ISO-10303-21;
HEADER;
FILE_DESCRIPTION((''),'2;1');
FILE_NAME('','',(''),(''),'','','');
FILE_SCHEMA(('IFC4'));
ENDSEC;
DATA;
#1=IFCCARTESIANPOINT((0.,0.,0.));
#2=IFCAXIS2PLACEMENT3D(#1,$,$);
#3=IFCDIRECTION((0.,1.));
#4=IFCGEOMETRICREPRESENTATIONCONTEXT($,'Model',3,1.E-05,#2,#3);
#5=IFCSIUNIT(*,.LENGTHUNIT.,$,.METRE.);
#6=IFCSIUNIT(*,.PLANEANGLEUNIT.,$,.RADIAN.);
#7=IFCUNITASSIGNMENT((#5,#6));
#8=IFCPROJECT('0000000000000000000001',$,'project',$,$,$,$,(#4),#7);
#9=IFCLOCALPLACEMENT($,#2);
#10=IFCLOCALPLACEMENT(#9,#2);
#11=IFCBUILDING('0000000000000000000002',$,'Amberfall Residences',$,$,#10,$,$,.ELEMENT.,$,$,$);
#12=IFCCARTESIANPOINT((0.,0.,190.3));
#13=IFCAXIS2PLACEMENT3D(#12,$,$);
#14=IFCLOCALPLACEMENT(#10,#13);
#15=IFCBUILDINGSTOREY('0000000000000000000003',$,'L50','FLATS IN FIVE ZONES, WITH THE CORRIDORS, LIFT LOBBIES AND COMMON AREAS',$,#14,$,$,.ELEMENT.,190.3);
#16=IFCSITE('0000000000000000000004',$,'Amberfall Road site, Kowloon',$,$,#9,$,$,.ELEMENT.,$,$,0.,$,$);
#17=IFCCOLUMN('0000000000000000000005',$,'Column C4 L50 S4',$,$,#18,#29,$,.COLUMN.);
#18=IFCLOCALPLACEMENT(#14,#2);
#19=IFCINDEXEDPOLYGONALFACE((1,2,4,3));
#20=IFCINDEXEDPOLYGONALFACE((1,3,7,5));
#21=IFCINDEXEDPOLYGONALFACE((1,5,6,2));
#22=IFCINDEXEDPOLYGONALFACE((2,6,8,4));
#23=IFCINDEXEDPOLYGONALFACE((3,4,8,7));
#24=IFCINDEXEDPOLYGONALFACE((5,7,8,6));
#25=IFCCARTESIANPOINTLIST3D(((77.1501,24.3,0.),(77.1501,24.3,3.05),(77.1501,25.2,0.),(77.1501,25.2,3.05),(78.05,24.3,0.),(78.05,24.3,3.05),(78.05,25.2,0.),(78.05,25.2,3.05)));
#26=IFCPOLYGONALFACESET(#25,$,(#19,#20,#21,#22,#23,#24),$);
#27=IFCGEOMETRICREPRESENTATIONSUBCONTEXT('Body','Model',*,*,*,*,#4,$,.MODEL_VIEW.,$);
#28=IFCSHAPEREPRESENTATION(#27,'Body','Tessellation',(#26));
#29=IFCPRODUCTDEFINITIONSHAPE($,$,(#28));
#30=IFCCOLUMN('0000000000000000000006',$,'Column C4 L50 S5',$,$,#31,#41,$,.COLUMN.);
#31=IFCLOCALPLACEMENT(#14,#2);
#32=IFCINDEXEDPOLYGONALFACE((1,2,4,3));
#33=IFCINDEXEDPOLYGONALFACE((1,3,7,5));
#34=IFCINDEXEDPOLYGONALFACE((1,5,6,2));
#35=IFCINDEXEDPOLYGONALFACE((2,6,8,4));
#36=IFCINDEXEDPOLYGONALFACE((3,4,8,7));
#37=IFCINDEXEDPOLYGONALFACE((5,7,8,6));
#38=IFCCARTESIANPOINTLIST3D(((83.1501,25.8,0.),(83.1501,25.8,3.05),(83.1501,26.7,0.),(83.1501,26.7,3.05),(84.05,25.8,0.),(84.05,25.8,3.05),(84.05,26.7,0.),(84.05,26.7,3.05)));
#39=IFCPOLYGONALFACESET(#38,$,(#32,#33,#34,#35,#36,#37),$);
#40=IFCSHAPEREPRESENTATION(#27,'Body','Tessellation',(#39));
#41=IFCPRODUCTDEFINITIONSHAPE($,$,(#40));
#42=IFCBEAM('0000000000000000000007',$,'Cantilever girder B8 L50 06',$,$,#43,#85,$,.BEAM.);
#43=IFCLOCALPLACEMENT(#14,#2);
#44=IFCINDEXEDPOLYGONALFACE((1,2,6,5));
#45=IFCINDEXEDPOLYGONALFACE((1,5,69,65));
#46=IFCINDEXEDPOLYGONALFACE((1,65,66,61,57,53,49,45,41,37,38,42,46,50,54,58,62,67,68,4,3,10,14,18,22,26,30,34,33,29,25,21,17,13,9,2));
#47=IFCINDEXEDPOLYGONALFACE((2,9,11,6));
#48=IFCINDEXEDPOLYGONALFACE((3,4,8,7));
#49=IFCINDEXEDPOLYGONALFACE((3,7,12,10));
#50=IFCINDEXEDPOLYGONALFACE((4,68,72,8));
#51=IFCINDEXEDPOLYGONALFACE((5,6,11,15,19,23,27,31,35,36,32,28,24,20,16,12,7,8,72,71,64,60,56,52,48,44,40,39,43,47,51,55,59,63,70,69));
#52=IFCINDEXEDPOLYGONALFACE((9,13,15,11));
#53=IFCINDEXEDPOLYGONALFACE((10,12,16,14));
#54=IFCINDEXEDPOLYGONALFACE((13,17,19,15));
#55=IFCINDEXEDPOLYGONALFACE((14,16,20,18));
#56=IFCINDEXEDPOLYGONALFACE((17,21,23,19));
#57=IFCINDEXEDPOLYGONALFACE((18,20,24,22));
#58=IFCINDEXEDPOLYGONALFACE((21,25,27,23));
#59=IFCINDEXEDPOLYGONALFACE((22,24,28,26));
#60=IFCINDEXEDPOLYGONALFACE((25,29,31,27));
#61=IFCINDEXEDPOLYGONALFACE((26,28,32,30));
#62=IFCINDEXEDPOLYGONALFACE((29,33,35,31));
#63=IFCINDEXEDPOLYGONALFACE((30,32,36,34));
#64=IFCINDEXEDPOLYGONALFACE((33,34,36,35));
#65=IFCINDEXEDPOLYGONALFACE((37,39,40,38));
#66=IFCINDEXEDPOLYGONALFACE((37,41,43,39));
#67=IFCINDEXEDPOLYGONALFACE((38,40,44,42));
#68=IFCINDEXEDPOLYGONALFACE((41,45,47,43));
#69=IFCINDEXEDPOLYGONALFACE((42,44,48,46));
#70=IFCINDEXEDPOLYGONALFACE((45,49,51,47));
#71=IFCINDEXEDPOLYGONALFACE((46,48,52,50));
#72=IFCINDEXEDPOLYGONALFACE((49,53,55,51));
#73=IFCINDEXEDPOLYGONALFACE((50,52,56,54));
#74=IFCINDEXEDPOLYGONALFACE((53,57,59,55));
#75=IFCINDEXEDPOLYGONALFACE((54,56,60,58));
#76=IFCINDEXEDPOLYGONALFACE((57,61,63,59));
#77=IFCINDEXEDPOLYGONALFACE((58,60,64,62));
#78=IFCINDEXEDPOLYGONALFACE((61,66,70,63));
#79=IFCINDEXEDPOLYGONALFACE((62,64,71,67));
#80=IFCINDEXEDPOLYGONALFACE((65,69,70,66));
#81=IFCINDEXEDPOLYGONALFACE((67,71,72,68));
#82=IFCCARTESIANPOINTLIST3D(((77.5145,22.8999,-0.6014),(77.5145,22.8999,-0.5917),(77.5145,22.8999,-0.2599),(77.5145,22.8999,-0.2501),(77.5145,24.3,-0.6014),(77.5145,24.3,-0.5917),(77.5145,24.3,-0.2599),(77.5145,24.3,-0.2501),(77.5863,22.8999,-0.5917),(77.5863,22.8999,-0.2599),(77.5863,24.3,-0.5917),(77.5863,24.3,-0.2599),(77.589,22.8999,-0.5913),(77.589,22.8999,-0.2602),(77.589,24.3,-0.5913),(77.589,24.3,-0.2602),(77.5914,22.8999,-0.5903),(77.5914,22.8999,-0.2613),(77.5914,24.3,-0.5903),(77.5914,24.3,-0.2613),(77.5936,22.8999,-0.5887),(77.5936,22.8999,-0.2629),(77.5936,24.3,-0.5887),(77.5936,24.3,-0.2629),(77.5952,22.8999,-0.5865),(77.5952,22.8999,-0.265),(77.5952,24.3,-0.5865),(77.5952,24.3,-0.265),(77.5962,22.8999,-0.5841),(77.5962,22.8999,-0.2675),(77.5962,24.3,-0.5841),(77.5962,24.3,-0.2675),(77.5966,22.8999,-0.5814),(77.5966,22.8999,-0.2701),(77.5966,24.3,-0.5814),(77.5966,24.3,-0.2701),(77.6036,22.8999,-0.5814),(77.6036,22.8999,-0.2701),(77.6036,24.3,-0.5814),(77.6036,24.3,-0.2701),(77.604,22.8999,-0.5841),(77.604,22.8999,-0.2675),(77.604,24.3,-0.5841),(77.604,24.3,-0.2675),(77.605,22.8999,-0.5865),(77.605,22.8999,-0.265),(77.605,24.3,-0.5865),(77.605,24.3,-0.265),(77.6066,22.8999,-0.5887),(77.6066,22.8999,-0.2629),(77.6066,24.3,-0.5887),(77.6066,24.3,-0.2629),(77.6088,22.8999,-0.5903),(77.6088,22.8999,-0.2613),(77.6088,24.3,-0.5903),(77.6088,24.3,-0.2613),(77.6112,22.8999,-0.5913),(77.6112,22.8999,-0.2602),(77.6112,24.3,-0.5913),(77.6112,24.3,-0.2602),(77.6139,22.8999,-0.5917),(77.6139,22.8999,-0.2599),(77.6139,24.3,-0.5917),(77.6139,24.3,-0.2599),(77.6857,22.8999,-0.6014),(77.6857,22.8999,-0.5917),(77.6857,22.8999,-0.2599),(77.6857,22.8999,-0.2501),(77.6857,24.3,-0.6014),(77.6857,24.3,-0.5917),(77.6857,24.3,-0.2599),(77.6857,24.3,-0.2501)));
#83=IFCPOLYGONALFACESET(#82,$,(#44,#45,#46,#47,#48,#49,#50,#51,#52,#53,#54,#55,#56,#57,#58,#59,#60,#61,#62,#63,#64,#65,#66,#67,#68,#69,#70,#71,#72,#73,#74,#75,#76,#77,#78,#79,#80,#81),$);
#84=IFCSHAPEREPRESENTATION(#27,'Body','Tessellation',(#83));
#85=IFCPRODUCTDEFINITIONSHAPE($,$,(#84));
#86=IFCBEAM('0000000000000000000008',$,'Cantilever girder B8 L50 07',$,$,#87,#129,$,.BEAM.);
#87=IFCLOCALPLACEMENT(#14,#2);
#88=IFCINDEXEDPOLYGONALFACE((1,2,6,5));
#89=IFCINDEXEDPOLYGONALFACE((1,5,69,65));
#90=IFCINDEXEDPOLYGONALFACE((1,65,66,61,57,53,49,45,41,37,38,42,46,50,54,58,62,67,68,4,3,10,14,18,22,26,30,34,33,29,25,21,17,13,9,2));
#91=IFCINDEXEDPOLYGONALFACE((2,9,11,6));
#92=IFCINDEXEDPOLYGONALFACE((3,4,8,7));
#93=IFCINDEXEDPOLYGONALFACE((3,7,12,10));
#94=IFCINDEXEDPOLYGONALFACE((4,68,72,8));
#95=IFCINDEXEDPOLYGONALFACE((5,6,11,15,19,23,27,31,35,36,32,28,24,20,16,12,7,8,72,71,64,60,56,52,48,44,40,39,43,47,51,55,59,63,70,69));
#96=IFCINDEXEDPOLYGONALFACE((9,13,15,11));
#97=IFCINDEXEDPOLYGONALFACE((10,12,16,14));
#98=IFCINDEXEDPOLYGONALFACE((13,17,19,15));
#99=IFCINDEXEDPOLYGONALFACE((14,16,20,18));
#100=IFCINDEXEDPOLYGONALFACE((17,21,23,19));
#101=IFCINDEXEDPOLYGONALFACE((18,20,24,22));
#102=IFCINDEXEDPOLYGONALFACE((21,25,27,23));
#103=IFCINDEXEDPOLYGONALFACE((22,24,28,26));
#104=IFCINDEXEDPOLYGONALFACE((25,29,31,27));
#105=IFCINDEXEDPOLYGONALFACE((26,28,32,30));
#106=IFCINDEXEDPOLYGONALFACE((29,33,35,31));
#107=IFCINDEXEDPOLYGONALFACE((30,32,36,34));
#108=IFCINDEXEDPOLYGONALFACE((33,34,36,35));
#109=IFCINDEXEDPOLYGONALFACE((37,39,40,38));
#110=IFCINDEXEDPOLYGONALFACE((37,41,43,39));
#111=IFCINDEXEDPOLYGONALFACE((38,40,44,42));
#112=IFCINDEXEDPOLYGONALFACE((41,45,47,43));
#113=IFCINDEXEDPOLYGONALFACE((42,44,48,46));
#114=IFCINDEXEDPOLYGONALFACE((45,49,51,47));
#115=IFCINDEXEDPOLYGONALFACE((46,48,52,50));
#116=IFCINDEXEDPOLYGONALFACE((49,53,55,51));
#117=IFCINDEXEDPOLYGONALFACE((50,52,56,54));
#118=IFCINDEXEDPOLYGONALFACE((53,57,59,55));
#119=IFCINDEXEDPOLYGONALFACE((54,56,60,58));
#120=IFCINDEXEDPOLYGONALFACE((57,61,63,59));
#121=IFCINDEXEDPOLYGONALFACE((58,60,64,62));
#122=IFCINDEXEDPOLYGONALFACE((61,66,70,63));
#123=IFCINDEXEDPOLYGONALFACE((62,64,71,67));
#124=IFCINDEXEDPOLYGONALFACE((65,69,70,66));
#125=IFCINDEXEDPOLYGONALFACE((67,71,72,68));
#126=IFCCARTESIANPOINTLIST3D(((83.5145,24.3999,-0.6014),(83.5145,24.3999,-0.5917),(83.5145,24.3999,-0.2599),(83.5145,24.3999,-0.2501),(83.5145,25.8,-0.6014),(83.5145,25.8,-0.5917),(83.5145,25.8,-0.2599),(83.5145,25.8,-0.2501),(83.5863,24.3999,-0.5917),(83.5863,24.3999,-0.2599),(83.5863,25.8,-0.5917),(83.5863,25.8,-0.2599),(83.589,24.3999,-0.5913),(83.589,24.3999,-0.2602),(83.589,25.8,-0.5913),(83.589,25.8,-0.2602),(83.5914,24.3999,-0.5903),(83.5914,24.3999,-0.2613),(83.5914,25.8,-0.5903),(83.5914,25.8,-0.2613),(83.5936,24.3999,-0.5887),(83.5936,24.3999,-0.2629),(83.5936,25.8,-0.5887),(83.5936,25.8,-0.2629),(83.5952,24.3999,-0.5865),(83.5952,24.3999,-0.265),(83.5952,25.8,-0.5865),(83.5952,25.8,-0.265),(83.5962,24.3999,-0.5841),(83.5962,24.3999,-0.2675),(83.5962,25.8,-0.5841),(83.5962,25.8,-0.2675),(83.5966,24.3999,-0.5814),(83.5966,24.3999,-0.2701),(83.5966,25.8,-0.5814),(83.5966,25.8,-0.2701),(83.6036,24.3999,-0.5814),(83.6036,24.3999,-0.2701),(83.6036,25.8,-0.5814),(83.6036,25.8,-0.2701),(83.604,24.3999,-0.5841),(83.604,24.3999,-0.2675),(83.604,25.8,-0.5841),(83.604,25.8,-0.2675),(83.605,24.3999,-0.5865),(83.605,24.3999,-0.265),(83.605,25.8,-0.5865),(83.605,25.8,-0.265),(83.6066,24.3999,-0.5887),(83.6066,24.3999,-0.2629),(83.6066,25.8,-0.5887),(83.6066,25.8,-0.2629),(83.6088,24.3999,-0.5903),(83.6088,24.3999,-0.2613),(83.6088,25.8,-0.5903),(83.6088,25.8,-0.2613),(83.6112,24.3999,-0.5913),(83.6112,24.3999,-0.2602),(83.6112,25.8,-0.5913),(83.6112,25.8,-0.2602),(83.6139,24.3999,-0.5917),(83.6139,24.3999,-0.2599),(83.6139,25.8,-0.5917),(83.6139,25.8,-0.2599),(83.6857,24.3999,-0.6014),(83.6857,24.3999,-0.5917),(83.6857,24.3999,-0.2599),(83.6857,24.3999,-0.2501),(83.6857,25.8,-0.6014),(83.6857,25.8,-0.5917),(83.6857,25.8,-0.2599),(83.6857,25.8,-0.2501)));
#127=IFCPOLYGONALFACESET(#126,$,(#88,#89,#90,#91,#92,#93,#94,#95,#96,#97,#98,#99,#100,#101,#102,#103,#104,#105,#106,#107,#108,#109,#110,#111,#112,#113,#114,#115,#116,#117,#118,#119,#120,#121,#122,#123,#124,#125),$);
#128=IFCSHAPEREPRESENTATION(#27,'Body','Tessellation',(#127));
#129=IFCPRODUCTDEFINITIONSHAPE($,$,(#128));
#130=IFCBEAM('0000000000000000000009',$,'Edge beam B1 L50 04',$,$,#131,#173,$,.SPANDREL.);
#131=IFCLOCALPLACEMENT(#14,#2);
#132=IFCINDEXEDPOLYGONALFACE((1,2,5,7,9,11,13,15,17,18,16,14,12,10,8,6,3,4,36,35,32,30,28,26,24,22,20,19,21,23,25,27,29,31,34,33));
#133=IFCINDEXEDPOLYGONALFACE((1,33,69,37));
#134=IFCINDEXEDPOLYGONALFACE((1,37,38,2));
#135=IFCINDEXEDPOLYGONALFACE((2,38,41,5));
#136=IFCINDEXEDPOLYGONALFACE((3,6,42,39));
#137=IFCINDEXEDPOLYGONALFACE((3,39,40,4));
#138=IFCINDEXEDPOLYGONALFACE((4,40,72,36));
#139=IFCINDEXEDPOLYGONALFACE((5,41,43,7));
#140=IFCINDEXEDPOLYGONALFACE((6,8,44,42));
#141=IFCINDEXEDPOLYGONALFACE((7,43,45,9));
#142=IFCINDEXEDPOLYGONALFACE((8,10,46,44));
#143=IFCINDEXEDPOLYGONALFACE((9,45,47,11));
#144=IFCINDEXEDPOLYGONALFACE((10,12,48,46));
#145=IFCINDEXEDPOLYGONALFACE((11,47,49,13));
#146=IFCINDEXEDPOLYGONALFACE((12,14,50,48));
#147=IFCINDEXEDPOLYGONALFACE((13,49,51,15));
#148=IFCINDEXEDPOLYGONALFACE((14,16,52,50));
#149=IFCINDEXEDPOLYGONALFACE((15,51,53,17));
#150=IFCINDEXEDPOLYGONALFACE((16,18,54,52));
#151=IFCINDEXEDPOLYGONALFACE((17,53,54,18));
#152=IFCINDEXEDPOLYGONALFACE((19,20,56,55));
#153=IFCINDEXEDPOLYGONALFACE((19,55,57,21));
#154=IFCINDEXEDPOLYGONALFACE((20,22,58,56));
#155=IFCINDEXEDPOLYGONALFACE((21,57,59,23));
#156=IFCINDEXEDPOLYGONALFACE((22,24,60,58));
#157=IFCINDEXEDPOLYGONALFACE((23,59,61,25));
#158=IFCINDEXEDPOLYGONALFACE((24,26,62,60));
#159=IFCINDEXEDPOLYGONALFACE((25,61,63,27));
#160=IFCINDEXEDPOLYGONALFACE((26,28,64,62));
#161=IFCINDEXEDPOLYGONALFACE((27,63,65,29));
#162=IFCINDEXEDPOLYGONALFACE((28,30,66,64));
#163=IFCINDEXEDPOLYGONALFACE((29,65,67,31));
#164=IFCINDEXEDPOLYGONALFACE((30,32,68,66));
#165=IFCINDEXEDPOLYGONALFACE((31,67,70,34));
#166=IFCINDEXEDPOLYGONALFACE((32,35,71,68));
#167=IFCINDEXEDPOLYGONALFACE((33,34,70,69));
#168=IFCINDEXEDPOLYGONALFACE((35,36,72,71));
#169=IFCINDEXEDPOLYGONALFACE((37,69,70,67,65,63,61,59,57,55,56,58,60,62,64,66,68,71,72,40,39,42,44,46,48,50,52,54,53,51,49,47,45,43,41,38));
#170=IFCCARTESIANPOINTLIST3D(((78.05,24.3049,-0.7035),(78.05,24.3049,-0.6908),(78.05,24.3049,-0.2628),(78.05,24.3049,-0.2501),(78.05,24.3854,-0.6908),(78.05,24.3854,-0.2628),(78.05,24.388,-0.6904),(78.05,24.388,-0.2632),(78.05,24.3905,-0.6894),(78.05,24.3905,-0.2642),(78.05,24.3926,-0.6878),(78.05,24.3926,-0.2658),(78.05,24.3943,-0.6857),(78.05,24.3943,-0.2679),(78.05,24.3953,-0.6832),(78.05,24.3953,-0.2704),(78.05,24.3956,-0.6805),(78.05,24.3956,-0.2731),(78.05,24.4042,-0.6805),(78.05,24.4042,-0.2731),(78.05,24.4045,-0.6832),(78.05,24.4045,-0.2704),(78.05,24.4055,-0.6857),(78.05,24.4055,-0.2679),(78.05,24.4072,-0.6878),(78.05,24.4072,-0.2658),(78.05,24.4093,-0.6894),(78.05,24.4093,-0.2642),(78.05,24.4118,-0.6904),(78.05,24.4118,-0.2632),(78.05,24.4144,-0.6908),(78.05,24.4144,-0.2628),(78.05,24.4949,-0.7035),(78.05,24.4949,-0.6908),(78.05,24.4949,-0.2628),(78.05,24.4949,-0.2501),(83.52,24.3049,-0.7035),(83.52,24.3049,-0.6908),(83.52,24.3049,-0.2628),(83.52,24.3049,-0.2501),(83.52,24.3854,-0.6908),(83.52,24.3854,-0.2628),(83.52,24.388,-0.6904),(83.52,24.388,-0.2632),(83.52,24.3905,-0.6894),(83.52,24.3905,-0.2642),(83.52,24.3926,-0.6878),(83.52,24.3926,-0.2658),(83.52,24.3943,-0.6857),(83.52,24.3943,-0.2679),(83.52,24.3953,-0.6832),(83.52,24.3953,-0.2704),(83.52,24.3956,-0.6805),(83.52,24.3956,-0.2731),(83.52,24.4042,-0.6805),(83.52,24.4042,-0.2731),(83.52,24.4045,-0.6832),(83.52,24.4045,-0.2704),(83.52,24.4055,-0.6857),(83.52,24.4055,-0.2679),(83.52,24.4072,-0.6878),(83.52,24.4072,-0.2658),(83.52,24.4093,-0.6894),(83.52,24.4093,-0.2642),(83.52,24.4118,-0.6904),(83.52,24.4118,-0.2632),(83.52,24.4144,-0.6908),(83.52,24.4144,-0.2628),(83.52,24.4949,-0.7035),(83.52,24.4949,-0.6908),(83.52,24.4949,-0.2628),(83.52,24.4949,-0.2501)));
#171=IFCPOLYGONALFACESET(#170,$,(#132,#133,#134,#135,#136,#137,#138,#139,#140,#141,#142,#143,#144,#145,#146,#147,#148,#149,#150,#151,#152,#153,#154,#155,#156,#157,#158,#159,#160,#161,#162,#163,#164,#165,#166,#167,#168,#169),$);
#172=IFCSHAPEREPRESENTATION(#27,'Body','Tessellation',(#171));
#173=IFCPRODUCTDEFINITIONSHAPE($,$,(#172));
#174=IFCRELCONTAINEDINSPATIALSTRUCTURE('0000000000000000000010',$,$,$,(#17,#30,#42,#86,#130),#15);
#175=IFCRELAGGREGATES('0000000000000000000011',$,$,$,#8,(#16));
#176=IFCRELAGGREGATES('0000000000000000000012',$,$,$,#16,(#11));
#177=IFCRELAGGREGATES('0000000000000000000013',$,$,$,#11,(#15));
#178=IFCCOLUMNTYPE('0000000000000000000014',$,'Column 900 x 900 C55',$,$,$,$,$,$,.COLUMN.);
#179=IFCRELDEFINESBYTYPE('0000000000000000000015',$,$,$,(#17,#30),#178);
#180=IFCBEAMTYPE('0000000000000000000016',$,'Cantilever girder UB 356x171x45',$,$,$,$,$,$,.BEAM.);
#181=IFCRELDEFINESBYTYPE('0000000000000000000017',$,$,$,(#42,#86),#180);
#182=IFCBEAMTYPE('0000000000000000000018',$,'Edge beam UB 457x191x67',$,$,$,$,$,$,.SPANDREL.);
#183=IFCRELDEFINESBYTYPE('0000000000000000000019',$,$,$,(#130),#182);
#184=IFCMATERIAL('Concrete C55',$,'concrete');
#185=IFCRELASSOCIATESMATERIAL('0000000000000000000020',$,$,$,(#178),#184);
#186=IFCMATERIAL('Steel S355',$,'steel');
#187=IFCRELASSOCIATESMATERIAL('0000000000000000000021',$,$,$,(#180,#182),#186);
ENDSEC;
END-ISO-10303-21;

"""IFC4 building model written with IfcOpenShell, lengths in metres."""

from ifc_helpers import new_model, si_unit, direction, frame, origin, origin_2d, place, context, subcontext, project, spatial, rectangle, i_section, extrude, material, material_profile, profile_set, type_object, element, save


model = new_model("IFC4")

# Units and contexts
model_context = context("Model", 3, precision=1e-05, world=origin(), true_north=direction((0.0, 1.0)))
body_context = subcontext(model_context, "Body", "Model", "MODEL_VIEW")
ifc_project = project(units=[si_unit("LENGTHUNIT", "METRE"), si_unit("PLANEANGLEUNIT", "RADIAN")], contexts=[model_context])

# Site, building, storey
site_placement = place(None, origin())
site = spatial("IfcSite", under=ifc_project, at=site_placement, Name="Amberfall Road site, Kowloon", CompositionType="ELEMENT", RefElevation=0.0)
building_placement = place(site_placement, origin())
building = spatial("IfcBuilding", under=site, at=building_placement, Name="Amberfall Residences", CompositionType="ELEMENT")
storey_placement = place(building_placement, frame((0.0, 0.0, 190.3)))
storey = spatial("IfcBuildingStorey", under=building, at=storey_placement, Name="L50", Description="FLATS IN FIVE ZONES, WITH THE CORRIDORS, LIFT LOBBIES AND COMMON AREAS", CompositionType="ELEMENT", Elevation=190.3)

# Columns
ifc_material_1 = material(Name="Concrete C55", Category="concrete")
ifc_material_profile_1 = material_profile(ifc_material_1, rectangle(XDim=0.8999, YDim=0.8999, at=origin_2d()), Name="Column 900 x 900 C55")
ifc_profile_set_1 = profile_set([ifc_material_profile_1], Name="Concrete C55")
column_type = type_object("IfcColumnType", Name="Column 900 x 900 C55", PredefinedType="COLUMN", material=ifc_profile_set_1)
for number, where, z_axis, x_axis, name in (
    (1, (77.6001, 24.75, 0.0), (0.0, 0.0, 1.0), (1.0, 0.0, 0.0), "Column C4 L50 S4"),
    (2, (83.6001, 26.25, 0.0), (0.0, 0.0, 1.0), (1.0, 0.0, 0.0), "Column C4 L50 S5"),
):
    element("IfcColumn", number, at=place(storey_placement, frame(where, z_axis=z_axis, x_axis=x_axis)), inside=storey, type_object=column_type, Name=name, PredefinedType="COLUMN", context=body_context, shape_type="SweptSolid", body=[
        extrude(rectangle(XDim=0.8999, YDim=0.8999, at=origin_2d()), origin(), (0.0, 0.0, 1.0), 3.05),
    ])

# Beams
ifc_material_2 = material(Name="Steel S355", Category="steel")
ifc_material_profile_2 = material_profile(ifc_material_2, i_section(OverallWidth=0.1711, OverallDepth=0.3513, WebThickness=0.0071, FlangeThickness=0.0098, FilletRadius=0.0103, at=origin_2d()), Name="UB 356x171x45")
ifc_profile_set_2 = profile_set([ifc_material_profile_2], Name="Steel S355")
beam_type_1 = type_object("IfcBeamType", Name="Cantilever girder UB 356x171x45", PredefinedType="BEAM", material=ifc_profile_set_2)
for number, where, z_axis, x_axis, name in (
    (3, (77.6001, 24.3, -0.4258), (0.0, -1.0, 0.0), (1.0, 0.0, 0.0), "Cantilever girder B8 L50 06"),
    (4, (83.6001, 25.8, -0.4258), (0.0, -1.0, 0.0), (1.0, 0.0, 0.0), "Cantilever girder B8 L50 07"),
):
    element("IfcBeam", number, at=place(storey_placement, frame(where, z_axis=z_axis, x_axis=x_axis)), inside=storey, type_object=beam_type_1, Name=name, PredefinedType="BEAM", context=body_context, shape_type="SweptSolid", body=[
        extrude(i_section(OverallWidth=0.1711, OverallDepth=0.3513, WebThickness=0.0071, FlangeThickness=0.0098, FilletRadius=0.0103, at=origin_2d()), origin(), (0.0, 0.0, 1.0), 1.4001),
    ])
ifc_material_profile_3 = material_profile(ifc_material_2, i_section(OverallWidth=0.1899, OverallDepth=0.4534, WebThickness=0.0085, FlangeThickness=0.0127, FilletRadius=0.0103, at=origin_2d()), Name="UB 457x191x67")
ifc_profile_set_3 = profile_set([ifc_material_profile_3], Name="Steel S355")
beam_type_2 = type_object("IfcBeamType", Name="Edge beam UB 457x191x67", PredefinedType="SPANDREL", material=ifc_profile_set_3)
beam_1_placement = place(storey_placement, frame((78.05, 24.3999, -0.4768), z_axis=(1.0, 0.0, 0.0), x_axis=(0.0, 1.0, 0.0)))
element("IfcBeam", 5, at=beam_1_placement, inside=storey, type_object=beam_type_2, Name="Edge beam B1 L50 04", PredefinedType="SPANDREL", context=body_context, shape_type="SweptSolid", body=[
    extrude(i_section(OverallWidth=0.1899, OverallDepth=0.4534, WebThickness=0.0085, FlangeThickness=0.0127, FilletRadius=0.0103, at=origin_2d()), origin(), (0.0, 0.0, 1.0), 5.47),
])

save(model, "model.ifc")
